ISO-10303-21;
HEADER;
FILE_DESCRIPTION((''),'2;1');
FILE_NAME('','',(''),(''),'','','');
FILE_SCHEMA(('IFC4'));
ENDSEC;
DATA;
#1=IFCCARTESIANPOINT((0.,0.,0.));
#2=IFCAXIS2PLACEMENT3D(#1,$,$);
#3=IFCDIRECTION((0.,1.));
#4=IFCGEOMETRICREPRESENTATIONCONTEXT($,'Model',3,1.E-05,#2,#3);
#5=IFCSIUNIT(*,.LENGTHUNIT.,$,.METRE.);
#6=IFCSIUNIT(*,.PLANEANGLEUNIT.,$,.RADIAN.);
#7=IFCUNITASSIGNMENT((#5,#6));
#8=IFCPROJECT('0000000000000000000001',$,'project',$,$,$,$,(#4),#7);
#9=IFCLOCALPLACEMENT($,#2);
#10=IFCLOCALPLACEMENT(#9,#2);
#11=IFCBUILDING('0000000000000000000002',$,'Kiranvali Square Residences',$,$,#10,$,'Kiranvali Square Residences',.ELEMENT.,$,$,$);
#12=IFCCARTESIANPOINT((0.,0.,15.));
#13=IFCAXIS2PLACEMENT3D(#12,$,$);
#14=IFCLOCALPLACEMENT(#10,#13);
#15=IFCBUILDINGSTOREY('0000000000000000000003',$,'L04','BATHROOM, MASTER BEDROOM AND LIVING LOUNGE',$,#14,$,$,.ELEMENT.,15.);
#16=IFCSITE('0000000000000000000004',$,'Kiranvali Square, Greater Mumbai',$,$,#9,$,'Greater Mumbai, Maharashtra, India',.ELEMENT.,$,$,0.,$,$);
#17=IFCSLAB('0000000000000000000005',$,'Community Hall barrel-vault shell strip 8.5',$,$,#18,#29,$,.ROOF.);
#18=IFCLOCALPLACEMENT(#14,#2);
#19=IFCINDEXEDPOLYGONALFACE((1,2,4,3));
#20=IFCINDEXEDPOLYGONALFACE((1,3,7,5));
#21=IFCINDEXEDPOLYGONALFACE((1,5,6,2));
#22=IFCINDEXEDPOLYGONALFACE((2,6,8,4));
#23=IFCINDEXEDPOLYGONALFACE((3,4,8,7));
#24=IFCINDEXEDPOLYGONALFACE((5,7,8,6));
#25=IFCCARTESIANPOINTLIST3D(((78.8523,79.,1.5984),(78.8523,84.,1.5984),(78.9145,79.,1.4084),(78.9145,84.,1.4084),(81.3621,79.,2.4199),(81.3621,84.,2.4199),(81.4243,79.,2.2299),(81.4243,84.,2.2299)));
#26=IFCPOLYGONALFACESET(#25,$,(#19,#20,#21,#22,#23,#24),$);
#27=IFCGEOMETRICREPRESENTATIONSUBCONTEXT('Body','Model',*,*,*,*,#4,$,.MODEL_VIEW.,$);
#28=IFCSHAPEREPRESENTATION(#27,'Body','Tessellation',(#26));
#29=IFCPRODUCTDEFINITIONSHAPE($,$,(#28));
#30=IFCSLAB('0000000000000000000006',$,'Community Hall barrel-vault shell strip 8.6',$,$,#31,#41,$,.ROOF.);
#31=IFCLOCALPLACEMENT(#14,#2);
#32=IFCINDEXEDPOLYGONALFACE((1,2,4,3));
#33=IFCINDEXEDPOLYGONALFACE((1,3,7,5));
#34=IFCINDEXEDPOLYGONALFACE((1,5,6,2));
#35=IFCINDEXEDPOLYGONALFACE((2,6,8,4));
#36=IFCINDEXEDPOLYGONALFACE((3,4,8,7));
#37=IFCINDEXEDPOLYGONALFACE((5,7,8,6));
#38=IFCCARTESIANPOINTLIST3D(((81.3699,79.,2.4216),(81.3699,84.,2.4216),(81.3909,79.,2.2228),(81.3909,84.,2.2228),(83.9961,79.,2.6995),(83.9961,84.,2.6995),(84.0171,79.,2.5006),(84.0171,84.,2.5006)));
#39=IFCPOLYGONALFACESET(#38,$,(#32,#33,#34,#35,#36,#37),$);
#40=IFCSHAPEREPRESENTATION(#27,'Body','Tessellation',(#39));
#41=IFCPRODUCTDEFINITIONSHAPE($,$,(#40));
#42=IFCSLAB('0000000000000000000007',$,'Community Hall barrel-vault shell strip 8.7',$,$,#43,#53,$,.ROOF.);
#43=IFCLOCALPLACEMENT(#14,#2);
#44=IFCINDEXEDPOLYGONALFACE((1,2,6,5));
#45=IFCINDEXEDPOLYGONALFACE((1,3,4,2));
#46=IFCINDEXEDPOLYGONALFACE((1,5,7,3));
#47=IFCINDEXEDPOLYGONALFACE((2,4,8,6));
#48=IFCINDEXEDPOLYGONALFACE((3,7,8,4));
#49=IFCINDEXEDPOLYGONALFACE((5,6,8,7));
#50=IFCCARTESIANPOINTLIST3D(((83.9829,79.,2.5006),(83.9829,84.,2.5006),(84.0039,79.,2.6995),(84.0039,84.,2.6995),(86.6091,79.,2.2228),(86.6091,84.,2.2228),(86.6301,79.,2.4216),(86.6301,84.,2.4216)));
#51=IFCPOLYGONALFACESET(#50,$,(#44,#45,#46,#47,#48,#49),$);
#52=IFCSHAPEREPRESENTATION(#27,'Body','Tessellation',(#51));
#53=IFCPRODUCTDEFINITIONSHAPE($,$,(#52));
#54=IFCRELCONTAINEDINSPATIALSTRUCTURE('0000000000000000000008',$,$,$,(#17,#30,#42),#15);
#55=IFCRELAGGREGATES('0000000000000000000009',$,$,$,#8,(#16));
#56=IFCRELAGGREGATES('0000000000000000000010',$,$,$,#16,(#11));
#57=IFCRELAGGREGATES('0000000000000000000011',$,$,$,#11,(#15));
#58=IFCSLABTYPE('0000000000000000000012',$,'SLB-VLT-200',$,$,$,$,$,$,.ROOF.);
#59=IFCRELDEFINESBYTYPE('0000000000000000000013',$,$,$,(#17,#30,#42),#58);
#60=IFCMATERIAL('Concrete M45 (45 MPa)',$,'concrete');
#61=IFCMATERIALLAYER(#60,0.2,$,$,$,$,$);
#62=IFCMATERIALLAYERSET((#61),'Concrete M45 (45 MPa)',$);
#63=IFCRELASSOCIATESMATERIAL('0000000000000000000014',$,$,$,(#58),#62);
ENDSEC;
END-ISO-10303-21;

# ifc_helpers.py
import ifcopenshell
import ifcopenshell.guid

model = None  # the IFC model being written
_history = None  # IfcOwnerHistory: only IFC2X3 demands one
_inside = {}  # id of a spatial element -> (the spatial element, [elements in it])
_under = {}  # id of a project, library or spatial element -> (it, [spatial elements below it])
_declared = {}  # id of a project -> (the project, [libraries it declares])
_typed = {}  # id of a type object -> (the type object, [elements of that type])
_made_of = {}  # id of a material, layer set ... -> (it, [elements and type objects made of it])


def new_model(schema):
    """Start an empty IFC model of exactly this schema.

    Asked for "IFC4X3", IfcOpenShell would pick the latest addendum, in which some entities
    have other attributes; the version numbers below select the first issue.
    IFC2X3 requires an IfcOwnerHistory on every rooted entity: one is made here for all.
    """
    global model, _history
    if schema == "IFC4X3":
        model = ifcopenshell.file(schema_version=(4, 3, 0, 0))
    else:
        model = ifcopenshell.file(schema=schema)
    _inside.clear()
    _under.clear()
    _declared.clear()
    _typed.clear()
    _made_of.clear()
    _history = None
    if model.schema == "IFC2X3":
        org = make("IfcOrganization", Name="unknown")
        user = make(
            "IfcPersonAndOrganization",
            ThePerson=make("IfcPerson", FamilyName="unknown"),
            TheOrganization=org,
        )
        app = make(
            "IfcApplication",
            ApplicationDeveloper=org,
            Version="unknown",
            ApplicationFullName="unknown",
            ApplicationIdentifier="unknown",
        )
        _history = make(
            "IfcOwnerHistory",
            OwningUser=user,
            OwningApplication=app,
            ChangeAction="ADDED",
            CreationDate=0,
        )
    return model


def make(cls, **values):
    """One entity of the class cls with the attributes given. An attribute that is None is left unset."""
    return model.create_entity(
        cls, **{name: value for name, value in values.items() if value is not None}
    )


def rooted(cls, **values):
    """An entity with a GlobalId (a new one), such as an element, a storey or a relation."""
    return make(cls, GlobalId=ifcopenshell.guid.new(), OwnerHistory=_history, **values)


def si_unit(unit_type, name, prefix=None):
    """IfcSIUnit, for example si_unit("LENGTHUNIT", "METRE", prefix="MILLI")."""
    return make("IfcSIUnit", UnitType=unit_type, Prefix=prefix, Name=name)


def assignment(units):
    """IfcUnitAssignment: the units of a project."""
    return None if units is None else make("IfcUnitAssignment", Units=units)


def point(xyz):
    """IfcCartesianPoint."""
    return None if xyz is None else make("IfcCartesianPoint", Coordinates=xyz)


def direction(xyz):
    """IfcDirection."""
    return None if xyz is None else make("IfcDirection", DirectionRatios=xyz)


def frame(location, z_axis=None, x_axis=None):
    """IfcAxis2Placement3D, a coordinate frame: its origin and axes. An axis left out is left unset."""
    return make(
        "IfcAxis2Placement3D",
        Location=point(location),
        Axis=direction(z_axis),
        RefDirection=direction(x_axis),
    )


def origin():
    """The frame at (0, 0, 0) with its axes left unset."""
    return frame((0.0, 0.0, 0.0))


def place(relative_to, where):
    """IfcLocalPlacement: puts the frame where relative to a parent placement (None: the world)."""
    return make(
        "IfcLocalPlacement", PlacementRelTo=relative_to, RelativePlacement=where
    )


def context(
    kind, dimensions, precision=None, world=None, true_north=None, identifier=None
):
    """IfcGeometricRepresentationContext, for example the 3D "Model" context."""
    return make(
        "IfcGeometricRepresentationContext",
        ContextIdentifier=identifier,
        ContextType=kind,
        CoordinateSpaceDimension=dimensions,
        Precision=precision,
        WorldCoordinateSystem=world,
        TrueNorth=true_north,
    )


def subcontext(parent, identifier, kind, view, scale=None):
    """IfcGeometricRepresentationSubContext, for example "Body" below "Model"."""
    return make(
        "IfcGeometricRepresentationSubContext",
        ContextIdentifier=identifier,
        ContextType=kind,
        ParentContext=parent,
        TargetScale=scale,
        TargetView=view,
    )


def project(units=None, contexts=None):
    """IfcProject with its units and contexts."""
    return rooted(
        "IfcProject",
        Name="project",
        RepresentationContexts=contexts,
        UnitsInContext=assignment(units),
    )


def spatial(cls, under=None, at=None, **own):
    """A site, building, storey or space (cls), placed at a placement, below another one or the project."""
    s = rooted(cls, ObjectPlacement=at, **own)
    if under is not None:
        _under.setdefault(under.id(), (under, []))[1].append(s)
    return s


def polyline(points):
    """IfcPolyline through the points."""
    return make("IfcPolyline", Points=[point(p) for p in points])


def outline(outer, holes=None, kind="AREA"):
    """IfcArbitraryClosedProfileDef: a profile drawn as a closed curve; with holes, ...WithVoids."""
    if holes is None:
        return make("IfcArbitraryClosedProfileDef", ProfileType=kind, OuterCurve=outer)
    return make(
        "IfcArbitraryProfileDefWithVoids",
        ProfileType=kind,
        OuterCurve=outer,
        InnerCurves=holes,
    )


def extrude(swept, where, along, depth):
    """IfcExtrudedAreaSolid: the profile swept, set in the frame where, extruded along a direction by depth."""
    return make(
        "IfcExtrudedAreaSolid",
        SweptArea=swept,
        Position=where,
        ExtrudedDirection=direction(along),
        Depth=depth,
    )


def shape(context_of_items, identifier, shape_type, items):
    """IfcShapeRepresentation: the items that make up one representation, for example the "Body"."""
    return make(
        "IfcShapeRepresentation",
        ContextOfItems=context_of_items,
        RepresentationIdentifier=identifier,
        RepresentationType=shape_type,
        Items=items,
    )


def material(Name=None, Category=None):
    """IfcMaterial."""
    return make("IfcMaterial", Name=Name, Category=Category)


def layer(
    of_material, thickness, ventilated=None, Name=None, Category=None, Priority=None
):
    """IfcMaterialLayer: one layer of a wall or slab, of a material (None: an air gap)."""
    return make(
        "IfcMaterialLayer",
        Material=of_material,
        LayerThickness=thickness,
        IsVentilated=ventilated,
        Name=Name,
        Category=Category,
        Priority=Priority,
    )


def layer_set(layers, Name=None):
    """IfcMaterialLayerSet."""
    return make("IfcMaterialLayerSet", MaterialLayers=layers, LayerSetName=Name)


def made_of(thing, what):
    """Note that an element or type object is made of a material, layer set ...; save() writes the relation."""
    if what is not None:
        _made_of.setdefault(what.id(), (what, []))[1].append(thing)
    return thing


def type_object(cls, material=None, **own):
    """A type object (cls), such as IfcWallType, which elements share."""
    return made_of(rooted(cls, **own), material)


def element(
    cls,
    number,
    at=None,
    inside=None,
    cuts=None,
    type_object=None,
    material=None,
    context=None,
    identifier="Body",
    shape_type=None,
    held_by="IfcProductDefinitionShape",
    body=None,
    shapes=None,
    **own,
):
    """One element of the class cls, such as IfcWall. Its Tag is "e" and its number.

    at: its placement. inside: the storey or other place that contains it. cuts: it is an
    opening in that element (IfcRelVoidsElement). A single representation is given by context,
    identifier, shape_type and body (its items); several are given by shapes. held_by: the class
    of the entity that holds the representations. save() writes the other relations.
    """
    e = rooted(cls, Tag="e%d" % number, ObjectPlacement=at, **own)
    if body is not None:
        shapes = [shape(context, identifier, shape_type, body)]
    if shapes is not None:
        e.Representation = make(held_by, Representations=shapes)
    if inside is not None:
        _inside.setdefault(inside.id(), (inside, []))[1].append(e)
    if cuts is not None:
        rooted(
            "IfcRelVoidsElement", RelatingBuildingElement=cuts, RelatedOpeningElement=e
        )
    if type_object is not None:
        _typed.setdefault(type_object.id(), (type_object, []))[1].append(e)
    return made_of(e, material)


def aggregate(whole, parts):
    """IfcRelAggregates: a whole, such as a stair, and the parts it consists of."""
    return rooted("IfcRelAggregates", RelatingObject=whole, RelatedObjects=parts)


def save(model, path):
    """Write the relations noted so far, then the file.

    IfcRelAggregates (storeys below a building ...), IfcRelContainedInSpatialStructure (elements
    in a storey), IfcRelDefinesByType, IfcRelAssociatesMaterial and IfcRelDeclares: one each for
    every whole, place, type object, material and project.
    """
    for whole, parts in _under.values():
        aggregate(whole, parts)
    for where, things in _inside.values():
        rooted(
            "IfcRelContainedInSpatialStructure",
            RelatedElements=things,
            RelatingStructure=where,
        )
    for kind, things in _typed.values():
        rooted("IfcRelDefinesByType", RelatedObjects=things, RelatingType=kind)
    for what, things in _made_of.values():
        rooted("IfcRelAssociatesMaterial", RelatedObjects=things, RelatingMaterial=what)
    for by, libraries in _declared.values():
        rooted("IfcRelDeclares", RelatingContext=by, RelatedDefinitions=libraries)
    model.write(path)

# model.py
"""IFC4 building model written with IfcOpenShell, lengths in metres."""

from ifc_helpers import new_model, si_unit, direction, frame, origin, place, context, subcontext, project, spatial, polyline, outline, extrude, material, layer, layer_set, type_object, element, save


model = new_model("IFC4")

# Units and contexts
model_context = context("Model", 3, precision=1e-05, world=origin(), true_north=direction((0.0, 1.0)))
body_context = subcontext(model_context, "Body", "Model", "MODEL_VIEW")
ifc_project = project(units=[si_unit("LENGTHUNIT", "METRE"), si_unit("PLANEANGLEUNIT", "RADIAN")], contexts=[model_context])

# Site, building, storey
site_placement = place(None, origin())
site = spatial("IfcSite", under=ifc_project, at=site_placement, Name="Kiranvali Square, Greater Mumbai", LongName="Greater Mumbai, Maharashtra, India", CompositionType="ELEMENT", RefElevation=0.0)
building_placement = place(site_placement, origin())
building = spatial("IfcBuilding", under=site, at=building_placement, Name="Kiranvali Square Residences", LongName="Kiranvali Square Residences", CompositionType="ELEMENT")
storey_placement = place(building_placement, frame((0.0, 0.0, 15.0)))
storey = spatial("IfcBuildingStorey", under=building, at=storey_placement, Name="L04", Description="BATHROOM, MASTER BEDROOM AND LIVING LOUNGE", CompositionType="ELEMENT", Elevation=15.0)

# Shared definitions
ifc_material_1 = material(Name="Concrete M45 (45 MPa)", Category="concrete")

# Slabs
ifc_layer_1 = layer(ifc_material_1, 0.2)
ifc_layer_set_1 = layer_set([ifc_layer_1], Name="Concrete M45 (45 MPa)")
slab_type = type_object("IfcSlabType", Name="SLB-VLT-200", PredefinedType="ROOF", material=ifc_layer_set_1)
slab_1_placement = place(storey_placement, frame((78.8523, 79.0, 1.5984), z_axis=(-0.311092, 0.0, 0.95038), x_axis=(0.95038, 0.0, 0.311092)))
element("IfcSlab", 1, at=slab_1_placement, inside=storey, type_object=slab_type, Name="Community Hall barrel-vault shell strip 8.5", PredefinedType="ROOF", context=body_context, shape_type="SweptSolid", body=[
    extrude(outline(polyline([(0.0, 0.0), (2.6408, 0.0), (2.6408, 5.0), (0.0, 5.0), (0.0, 0.0)])), origin(), (0.0, 0.0, -1.0), 0.2),
])
for number, where, z_axis, x_axis, name in (
    (2, (81.3699, 79.0, 2.4216), (-0.105204, 0.0, 0.994451), (0.994451, 0.0, 0.105204), "Community Hall barrel-vault shell strip 8.6"),
    (3, (84.0039, 79.0, 2.6995), (0.105204, 0.0, 0.994451), (0.994451, 0.0, -0.105204), "Community Hall barrel-vault shell strip 8.7"),
):
    element("IfcSlab", number, at=place(storey_placement, frame(where, z_axis=z_axis, x_axis=x_axis)), inside=storey, type_object=slab_type, Name=name, PredefinedType="ROOF", context=body_context, shape_type="SweptSolid", body=[
        extrude(outline(polyline([(0.0, 0.0), (2.6409, 0.0), (2.6409, 5.0), (0.0, 5.0), (0.0, 0.0)])), origin(), (0.0, 0.0, -1.0), 0.2),
    ])

save(model, "model.ifc")
